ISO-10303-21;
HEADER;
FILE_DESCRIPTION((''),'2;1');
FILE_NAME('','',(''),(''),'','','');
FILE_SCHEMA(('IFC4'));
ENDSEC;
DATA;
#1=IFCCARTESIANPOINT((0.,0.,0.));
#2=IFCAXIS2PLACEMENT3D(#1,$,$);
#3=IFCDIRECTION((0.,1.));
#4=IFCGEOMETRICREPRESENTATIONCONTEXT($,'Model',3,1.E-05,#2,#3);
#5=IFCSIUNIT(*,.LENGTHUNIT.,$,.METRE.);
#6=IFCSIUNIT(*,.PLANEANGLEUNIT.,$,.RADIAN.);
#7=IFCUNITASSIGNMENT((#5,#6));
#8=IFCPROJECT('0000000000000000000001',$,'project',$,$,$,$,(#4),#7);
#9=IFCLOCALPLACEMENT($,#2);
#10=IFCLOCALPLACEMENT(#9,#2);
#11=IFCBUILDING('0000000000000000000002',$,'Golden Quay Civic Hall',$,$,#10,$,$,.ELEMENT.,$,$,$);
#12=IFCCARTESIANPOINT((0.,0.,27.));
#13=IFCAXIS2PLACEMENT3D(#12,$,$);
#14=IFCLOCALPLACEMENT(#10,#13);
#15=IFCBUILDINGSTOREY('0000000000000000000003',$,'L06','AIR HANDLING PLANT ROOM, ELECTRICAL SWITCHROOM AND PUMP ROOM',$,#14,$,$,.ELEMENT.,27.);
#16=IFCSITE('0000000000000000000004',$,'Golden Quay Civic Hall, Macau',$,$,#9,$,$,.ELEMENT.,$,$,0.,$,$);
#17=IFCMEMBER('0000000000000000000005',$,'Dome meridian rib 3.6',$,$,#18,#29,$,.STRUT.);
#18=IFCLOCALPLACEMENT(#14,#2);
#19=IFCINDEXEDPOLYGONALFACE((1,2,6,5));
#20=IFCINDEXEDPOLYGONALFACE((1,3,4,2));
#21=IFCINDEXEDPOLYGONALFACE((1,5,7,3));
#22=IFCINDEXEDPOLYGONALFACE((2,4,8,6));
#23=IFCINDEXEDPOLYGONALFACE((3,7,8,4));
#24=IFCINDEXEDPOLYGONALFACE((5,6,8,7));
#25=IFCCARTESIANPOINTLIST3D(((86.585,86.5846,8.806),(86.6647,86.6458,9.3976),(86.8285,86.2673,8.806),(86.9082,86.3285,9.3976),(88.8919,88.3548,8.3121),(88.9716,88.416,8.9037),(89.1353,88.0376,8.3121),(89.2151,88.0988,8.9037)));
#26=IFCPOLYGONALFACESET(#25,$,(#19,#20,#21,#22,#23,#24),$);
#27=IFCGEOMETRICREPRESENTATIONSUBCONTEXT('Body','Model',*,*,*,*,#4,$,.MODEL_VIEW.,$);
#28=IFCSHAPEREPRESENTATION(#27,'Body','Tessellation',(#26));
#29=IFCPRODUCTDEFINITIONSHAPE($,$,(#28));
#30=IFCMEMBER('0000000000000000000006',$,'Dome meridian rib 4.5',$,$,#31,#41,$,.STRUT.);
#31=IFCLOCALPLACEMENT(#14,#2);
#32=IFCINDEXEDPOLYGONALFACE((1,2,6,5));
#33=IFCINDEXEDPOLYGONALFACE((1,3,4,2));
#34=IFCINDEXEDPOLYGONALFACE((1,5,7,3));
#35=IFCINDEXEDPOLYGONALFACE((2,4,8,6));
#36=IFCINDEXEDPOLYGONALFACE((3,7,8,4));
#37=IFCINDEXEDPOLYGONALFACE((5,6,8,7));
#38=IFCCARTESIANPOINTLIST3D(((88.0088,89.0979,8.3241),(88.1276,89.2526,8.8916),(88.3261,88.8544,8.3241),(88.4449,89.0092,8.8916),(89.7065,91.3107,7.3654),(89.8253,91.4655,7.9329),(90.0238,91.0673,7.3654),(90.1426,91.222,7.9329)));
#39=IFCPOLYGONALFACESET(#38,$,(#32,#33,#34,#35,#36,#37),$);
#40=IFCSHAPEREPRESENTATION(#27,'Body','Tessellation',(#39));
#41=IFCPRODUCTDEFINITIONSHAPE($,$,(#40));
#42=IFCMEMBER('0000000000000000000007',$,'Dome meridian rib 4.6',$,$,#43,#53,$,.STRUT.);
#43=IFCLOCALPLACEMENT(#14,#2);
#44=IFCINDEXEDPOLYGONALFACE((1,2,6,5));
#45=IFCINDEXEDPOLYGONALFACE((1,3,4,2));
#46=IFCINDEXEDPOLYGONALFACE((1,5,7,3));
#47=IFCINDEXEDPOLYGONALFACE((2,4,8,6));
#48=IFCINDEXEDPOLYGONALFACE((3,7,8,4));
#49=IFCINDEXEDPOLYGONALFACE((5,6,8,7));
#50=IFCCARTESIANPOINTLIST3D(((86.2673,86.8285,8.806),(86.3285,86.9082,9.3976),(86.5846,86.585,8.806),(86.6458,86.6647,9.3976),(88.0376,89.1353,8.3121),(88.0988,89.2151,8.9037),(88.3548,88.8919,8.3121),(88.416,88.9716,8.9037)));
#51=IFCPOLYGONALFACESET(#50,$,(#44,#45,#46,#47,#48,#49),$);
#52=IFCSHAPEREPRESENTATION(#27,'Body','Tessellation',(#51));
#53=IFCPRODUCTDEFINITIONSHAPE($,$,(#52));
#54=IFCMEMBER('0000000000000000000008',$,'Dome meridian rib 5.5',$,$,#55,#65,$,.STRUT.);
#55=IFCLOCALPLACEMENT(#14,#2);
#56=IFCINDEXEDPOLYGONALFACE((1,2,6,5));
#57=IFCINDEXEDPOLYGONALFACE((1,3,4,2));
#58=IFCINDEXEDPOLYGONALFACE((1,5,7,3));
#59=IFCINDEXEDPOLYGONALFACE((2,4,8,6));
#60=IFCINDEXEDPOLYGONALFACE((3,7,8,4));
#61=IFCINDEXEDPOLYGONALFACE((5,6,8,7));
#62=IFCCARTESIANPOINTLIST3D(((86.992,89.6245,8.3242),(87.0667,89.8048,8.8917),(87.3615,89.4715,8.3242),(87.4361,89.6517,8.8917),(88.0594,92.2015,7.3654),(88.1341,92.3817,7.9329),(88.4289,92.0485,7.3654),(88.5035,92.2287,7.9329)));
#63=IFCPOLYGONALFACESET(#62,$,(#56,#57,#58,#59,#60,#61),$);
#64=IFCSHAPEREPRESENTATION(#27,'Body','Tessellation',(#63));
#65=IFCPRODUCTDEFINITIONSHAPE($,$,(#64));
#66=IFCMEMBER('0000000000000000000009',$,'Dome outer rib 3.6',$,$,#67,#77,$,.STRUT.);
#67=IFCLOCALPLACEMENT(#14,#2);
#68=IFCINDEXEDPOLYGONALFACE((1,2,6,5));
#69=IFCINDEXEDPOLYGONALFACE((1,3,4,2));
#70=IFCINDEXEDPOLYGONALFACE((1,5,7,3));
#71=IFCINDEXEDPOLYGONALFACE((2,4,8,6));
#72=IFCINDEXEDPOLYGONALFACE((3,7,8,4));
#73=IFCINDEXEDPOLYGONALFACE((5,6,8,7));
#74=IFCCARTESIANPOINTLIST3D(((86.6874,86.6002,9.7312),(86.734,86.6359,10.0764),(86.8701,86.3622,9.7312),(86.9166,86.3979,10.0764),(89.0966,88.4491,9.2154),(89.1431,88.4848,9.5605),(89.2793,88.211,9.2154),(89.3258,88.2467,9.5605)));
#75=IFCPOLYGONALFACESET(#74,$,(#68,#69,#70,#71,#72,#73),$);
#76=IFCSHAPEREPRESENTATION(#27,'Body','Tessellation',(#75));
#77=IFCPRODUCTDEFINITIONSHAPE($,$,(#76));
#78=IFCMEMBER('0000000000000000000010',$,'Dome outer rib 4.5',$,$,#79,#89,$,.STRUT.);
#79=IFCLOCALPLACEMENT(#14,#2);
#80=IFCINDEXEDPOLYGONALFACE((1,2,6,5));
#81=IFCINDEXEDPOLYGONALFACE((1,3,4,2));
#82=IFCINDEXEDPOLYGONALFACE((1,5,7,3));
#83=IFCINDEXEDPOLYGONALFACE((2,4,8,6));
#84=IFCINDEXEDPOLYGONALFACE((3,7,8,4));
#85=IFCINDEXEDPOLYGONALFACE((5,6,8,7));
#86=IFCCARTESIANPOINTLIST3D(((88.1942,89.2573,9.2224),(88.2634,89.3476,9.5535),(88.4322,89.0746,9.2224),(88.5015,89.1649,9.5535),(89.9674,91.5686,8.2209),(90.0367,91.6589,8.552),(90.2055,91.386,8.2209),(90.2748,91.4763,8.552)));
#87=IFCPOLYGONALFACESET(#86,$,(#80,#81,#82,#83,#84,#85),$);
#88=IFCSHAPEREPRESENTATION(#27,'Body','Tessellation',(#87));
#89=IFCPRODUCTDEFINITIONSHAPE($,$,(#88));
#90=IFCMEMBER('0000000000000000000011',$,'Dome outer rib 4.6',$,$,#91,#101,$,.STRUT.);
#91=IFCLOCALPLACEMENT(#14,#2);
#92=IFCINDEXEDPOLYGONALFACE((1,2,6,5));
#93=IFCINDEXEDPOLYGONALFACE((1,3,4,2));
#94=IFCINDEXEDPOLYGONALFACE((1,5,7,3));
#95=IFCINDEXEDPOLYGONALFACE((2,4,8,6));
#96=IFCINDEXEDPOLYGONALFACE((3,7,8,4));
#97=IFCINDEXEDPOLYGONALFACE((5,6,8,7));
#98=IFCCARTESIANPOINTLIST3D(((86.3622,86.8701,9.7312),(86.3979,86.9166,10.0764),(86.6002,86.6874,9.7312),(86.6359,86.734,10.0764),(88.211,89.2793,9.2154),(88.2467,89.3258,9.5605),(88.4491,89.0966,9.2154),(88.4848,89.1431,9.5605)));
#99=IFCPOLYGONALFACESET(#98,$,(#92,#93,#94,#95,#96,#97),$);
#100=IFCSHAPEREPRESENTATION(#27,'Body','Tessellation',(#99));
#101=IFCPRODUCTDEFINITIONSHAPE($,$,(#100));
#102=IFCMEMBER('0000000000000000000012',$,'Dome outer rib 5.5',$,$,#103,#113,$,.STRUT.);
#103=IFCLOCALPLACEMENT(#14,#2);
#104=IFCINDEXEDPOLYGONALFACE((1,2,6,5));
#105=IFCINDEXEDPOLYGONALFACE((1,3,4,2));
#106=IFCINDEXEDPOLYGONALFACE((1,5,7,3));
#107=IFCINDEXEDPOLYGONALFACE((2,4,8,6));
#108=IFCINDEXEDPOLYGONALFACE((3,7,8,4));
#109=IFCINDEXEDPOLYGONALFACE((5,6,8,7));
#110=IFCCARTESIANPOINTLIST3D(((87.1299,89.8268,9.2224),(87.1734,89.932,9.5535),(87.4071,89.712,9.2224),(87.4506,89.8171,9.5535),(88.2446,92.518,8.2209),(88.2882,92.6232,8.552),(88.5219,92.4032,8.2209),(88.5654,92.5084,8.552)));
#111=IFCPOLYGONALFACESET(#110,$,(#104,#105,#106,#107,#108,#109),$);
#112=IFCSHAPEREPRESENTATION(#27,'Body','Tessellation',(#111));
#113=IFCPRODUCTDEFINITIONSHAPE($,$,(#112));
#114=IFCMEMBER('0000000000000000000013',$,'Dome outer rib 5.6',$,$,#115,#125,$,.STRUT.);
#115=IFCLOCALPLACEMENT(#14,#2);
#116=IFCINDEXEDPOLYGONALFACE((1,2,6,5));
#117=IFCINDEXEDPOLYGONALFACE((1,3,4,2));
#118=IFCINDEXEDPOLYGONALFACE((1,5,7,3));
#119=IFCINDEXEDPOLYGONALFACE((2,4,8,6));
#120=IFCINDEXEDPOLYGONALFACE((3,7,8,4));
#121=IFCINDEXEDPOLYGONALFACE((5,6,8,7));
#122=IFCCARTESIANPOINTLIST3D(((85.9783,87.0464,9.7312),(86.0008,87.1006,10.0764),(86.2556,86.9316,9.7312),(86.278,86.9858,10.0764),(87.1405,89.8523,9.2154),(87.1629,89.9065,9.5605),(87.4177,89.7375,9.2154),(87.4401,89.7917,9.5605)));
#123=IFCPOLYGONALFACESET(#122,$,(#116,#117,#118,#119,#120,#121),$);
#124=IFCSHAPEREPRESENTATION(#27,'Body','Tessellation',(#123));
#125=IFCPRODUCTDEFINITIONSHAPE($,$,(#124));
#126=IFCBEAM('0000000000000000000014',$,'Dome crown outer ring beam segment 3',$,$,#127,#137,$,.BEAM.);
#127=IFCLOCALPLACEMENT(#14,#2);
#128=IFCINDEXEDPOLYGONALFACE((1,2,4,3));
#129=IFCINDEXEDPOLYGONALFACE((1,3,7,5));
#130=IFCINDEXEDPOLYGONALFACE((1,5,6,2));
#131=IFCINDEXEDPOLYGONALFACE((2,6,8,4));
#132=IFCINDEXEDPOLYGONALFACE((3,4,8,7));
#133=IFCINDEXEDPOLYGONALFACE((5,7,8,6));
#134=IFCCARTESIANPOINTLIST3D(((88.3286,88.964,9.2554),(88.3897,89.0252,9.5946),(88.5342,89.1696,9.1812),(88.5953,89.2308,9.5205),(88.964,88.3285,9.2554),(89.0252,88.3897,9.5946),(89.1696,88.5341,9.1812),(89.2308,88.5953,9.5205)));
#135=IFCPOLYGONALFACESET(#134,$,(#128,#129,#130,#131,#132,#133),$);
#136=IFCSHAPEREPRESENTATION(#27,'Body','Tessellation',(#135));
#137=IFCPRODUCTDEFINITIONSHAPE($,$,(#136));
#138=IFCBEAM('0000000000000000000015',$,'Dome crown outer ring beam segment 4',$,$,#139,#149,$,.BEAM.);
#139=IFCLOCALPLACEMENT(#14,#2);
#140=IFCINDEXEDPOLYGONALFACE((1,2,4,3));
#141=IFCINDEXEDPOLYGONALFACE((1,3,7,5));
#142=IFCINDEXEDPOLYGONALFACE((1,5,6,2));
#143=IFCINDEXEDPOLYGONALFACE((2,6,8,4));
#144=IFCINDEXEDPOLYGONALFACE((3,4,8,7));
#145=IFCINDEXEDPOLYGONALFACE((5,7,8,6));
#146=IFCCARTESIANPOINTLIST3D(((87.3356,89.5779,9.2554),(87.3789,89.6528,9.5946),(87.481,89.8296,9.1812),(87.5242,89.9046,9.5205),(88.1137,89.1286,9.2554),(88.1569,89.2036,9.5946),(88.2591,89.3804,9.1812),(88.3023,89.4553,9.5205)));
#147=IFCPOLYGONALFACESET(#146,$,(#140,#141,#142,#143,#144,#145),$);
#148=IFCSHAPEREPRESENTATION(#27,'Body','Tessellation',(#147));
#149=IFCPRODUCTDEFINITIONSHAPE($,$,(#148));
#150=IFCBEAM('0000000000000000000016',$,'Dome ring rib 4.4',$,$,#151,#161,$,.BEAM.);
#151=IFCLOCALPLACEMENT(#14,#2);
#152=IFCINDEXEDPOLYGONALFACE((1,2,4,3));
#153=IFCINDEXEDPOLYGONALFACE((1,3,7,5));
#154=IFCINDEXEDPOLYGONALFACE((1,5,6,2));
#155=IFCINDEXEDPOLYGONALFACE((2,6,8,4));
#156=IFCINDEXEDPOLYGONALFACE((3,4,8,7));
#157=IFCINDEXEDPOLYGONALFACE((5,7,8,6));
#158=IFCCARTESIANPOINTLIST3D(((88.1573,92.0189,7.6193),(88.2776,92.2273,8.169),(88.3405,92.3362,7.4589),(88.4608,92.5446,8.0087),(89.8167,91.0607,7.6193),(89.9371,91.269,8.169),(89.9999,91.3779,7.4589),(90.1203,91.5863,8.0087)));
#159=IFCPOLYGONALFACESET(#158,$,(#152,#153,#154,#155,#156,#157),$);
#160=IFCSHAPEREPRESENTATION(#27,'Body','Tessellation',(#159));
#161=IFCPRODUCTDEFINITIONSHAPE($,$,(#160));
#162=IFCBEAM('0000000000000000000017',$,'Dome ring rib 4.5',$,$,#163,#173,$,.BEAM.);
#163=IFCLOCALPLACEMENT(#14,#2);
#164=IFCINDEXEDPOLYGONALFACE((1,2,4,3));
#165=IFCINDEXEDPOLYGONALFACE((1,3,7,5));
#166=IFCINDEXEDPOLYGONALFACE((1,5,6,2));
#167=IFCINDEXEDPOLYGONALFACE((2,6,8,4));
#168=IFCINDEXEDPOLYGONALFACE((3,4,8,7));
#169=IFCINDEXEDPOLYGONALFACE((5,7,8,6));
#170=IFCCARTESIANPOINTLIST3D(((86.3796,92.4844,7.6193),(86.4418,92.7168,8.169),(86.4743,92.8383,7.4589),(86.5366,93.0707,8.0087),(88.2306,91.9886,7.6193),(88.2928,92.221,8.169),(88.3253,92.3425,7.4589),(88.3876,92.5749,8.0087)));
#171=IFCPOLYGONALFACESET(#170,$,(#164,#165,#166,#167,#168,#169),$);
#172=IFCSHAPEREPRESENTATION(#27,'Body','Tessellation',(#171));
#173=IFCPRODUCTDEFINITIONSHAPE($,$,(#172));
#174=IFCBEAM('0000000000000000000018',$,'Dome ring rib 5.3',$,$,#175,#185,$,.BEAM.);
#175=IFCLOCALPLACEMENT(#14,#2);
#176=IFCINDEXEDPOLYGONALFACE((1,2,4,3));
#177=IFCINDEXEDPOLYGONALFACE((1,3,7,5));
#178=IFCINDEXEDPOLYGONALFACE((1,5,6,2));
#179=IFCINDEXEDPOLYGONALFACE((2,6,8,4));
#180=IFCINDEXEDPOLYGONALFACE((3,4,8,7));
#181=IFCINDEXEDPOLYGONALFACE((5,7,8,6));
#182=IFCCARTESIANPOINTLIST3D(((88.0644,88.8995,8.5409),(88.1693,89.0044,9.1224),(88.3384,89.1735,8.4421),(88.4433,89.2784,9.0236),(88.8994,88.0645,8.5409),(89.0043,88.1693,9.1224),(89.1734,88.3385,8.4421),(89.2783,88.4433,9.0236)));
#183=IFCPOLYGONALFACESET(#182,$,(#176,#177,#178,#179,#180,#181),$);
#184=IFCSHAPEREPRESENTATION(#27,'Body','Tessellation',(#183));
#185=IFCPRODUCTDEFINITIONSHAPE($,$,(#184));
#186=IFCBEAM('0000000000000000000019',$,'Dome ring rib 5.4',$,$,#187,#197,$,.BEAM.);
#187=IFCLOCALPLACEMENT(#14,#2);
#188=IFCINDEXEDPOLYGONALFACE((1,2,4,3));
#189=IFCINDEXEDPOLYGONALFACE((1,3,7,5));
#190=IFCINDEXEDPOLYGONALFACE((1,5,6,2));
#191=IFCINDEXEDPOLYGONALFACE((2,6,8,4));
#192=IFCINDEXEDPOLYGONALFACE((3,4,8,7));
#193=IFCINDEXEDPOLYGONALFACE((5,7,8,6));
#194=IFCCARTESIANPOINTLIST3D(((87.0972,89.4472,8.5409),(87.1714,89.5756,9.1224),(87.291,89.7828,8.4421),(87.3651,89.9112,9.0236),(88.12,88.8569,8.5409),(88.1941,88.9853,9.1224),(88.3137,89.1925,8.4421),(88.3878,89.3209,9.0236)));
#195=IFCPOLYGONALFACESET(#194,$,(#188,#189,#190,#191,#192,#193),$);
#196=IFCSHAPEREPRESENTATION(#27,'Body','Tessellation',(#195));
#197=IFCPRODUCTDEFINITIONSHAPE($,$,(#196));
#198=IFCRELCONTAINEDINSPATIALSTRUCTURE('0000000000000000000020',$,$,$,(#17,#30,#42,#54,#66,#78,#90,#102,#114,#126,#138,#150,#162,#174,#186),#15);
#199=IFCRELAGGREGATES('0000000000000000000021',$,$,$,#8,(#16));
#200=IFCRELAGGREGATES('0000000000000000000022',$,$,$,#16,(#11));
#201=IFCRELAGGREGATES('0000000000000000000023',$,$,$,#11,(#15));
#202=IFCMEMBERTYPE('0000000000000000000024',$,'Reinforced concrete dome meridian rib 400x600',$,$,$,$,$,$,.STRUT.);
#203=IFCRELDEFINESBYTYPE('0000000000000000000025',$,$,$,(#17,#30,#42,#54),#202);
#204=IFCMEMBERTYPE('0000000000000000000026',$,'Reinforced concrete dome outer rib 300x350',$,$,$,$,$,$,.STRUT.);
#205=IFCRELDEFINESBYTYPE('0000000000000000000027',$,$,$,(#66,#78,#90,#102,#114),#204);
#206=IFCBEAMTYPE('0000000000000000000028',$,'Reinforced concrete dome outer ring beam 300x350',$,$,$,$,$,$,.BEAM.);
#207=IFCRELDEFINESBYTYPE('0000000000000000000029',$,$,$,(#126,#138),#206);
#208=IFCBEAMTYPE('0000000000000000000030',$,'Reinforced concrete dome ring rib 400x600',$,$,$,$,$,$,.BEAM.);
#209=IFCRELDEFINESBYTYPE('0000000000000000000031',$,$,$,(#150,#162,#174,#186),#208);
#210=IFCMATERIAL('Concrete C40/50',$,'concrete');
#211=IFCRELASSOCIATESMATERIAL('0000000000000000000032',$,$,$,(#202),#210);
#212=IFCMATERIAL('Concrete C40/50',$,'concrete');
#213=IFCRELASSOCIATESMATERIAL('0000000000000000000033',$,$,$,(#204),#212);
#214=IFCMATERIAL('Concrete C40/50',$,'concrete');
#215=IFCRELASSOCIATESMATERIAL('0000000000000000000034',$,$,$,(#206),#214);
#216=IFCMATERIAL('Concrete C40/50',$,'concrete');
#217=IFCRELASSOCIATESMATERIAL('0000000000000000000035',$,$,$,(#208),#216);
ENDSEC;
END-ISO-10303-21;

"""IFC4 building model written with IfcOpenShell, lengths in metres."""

from ifc_helpers import new_model, si_unit, direction, frame, origin, origin_2d, place, context, subcontext, project, spatial, rectangle, extrude, material, material_profile, profile_set, type_object, element, save


model = new_model("IFC4")

# Units and contexts
model_context = context("Model", 3, precision=1e-05, world=origin(), true_north=direction((0.0, 1.0)))
body_context = subcontext(model_context, "Body", "Model", "MODEL_VIEW")
ifc_project = project(units=[si_unit("LENGTHUNIT", "METRE"), si_unit("PLANEANGLEUNIT", "RADIAN")], contexts=[model_context])

# Site, building, storey
site_placement = place(None, origin())
site = spatial("IfcSite", under=ifc_project, at=site_placement, Name="Golden Quay Civic Hall, Macau", CompositionType="ELEMENT", RefElevation=0.0)
building_placement = place(site_placement, origin())
building = spatial("IfcBuilding", under=site, at=building_placement, Name="Golden Quay Civic Hall", CompositionType="ELEMENT")
storey_placement = place(building_placement, frame((0.0, 0.0, 27.0)))
storey = spatial("IfcBuildingStorey", under=building, at=storey_placement, Name="L06", Description="AIR HANDLING PLANT ROOM, ELECTRICAL SWITCHROOM AND PUMP ROOM", CompositionType="ELEMENT", Elevation=27.0)

# Members
ifc_material_1 = material(Name="Concrete C40/50", Category="concrete")
ifc_material_profile_1 = material_profile(ifc_material_1, rectangle(XDim=0.3999, YDim=0.6001, at=origin_2d()), Name="RC 400x600")
ifc_profile_set_1 = profile_set([ifc_material_profile_1], Name="Concrete C40/50")
member_type_1 = type_object("IfcMemberType", Name="Reinforced concrete dome meridian rib 400x600", PredefinedType="STRUT", material=ifc_profile_set_1)
member_1_placement = place(storey_placement, frame((89.0535, 88.2268, 8.6079), z_axis=(-0.78213, -0.600193, 0.167452), x_axis=(0.608789, -0.793332, 0.0)))
element("IfcMember", 1, at=member_1_placement, inside=storey, type_object=member_type_1, Name="Dome meridian rib 3.6", PredefinedType="STRUT", context=body_context, shape_type="SweptSolid", body=[
    extrude(rectangle(XDim=0.3999, YDim=0.6001, at=origin_2d()), origin(), (0.0, 0.0, 1.0), 2.9495),
])
member_2_placement = place(storey_placement, frame((89.9246, 91.2664, 7.6492), z_axis=(-0.575644, -0.750308, 0.325073), x_axis=(0.793398, -0.608703, 0.0)))
element("IfcMember", 2, at=member_2_placement, inside=storey, type_object=member_type_1, Name="Dome meridian rib 4.5", PredefinedType="STRUT", context=body_context, shape_type="SweptSolid", body=[
    extrude(rectangle(XDim=0.3999, YDim=0.6001, at=origin_2d()), origin(), (0.0, 0.0, 1.0), 2.9492),
])
for number, where, z_axis, x_axis, name in (
    (3, (88.2268, 89.0535, 8.6079), (-0.600193, -0.78213, 0.167452), (0.793332, -0.608789, 0.0), "Dome meridian rib 4.6"),
    (4, (88.2815, 92.2151, 7.6492), (-0.361899, -0.873706, 0.325063), (0.92388, -0.382682, 0.0), "Dome meridian rib 5.5"),
):
    element("IfcMember", number, at=place(storey_placement, frame(where, z_axis=z_axis, x_axis=x_axis)), inside=storey, type_object=member_type_1, Name=name, PredefinedType="STRUT", context=body_context, shape_type="SweptSolid", body=[
        extrude(rectangle(XDim=0.3999, YDim=0.6001, at=origin_2d()), origin(), (0.0, 0.0, 1.0), 2.9495),
    ])
ifc_material_2 = material(Name="Concrete C40/50", Category="concrete")
ifc_material_profile_2 = material_profile(ifc_material_2, rectangle(XDim=0.3, YDim=0.3501, at=origin_2d()), Name="RC 300x350")
ifc_profile_set_2 = profile_set([ifc_material_profile_2], Name="Concrete C40/50")
member_type_2 = type_object("IfcMemberType", Name="Reinforced concrete dome outer rib 300x350", PredefinedType="STRUT", material=ifc_profile_set_2)
member_3_placement = place(storey_placement, frame((89.2112, 88.3479, 9.3879), z_axis=(-0.78211, -0.600215, 0.16747), x_axis=(0.608813, -0.793314, 0.0)))
element("IfcMember", 5, at=member_3_placement, inside=storey, type_object=member_type_2, Name="Dome outer rib 3.6", PredefinedType="STRUT", context=body_context, shape_type="SweptSolid", body=[
    extrude(rectangle(XDim=0.3, YDim=0.3501, at=origin_2d()), origin(), (0.0, 0.0, 1.0), 3.0803),
])
member_4_placement = place(storey_placement, frame((90.1211, 91.5225, 8.3865), z_axis=(-0.575628, -0.750306, 0.325104), x_axis=(0.793405, -0.608694, 0.0)))
element("IfcMember", 6, at=member_4_placement, inside=storey, type_object=member_type_2, Name="Dome outer rib 4.5", PredefinedType="STRUT", context=body_context, shape_type="SweptSolid", body=[
    extrude(rectangle(XDim=0.3, YDim=0.3501, at=origin_2d()), origin(), (0.0, 0.0, 1.0), 3.0806),
])
for number, where, z_axis, x_axis, name in (
    (7, (88.3479, 89.2112, 9.3879), (-0.600215, -0.78211, 0.16747), (0.793314, -0.608813, 0.0), "Dome outer rib 4.6"),
    (8, (88.405, 92.5132, 8.3865), (-0.361901, -0.873683, 0.325124), (0.923876, -0.382692, 0.0), "Dome outer rib 5.5"),
):
    element("IfcMember", number, at=place(storey_placement, frame(where, z_axis=z_axis, x_axis=x_axis)), inside=storey, type_object=member_type_2, Name=name, PredefinedType="STRUT", context=body_context, shape_type="SweptSolid", body=[
        extrude(rectangle(XDim=0.3, YDim=0.3501, at=origin_2d()), origin(), (0.0, 0.0, 1.0), 3.0803),
    ])
member_5_placement = place(storey_placement, frame((87.2903, 89.822, 9.3879), z_axis=(-0.377242, -0.910849, 0.167461), x_axis=(0.923895, -0.382645, 0.0)))
element("IfcMember", 9, at=member_5_placement, inside=storey, type_object=member_type_2, Name="Dome outer rib 5.6", PredefinedType="STRUT", context=body_context, shape_type="SweptSolid", body=[
    extrude(rectangle(XDim=0.3, YDim=0.3501, at=origin_2d()), origin(), (0.0, 0.0, 1.0), 3.0806),
])

# Beams
ifc_material_3 = material(Name="Concrete C40/50", Category="concrete")
ifc_material_profile_3 = material_profile(ifc_material_3, rectangle(XDim=0.3, YDim=0.3501, at=origin_2d()), Name="RC 300x350")
ifc_profile_set_3 = profile_set([ifc_material_profile_3], Name="Concrete C40/50")
beam_type_1 = type_object("IfcBeamType", Name="Reinforced concrete dome outer ring beam 300x350", PredefinedType="BEAM", material=ifc_profile_set_3)
beam_1_placement = place(storey_placement, frame((89.0974, 88.4619, 9.3879), z_axis=(-0.707107, 0.707107, 0.0), x_axis=(-0.685181, -0.685181, 0.247094)))
element("IfcBeam", 10, at=beam_1_placement, inside=storey, type_object=beam_type_1, Name="Dome crown outer ring beam segment 3", PredefinedType="BEAM", context=body_context, shape_type="SweptSolid", body=[
    extrude(rectangle(XDim=0.3, YDim=0.3501, at=origin_2d()), origin(), (0.0, 0.0, 1.0), 0.8987),
])
beam_2_placement = place(storey_placement, frame((88.208, 89.292, 9.3879), z_axis=(-0.866027, 0.499997, 0.0), x_axis=(-0.484493, -0.839173, 0.247094)))
element("IfcBeam", 11, at=beam_2_placement, inside=storey, type_object=beam_type_1, Name="Dome crown outer ring beam segment 4", PredefinedType="BEAM", context=body_context, shape_type="SweptSolid", body=[
    extrude(rectangle(XDim=0.3, YDim=0.3501, at=origin_2d()), origin(), (0.0, 0.0, 1.0), 0.8984),
])
ifc_material_4 = material(Name="Concrete C40/50", Category="concrete")
ifc_material_profile_4 = material_profile(ifc_material_4, rectangle(XDim=0.3999, YDim=0.6001, at=origin_2d()), Name="RC 400x600")
ifc_profile_set_4 = profile_set([ifc_material_profile_4], Name="Concrete C40/50")
beam_type_2 = type_object("IfcBeamType", Name="Reinforced concrete dome ring rib 400x600", PredefinedType="BEAM", material=ifc_profile_set_4)
for number, where, z_axis, x_axis, name in (
    (12, (89.9685, 91.3235, 7.814), (-0.865984, 0.500072, 0.0), (-0.458114, -0.793325, 0.400958), "Dome ring rib 4.4"),
    (13, (88.3091, 92.2817, 7.814), (-0.965945, 0.258749, 0.0), (-0.237039, -0.884898, 0.400958), "Dome ring rib 4.5"),
):
    element("IfcBeam", number, at=place(storey_placement, frame(where, z_axis=z_axis, x_axis=x_axis)), inside=storey, type_object=beam_type_2, Name=name, PredefinedType="BEAM", context=body_context, shape_type="SweptSolid", body=[
        extrude(rectangle(XDim=0.3999, YDim=0.6001, at=origin_2d()), origin(), (0.0, 0.0, 1.0), 1.9163),
    ])
for number, where, z_axis, x_axis, name in (
    (14, (89.0889, 88.2539, 8.7822), (-0.707107, 0.707107, 0.0), (-0.685181, -0.685181, 0.247094), "Dome ring rib 5.3"),
    (15, (88.2539, 89.0889, 8.7822), (-0.866072, 0.499919, 0.0), (-0.484418, -0.839216, 0.247094), "Dome ring rib 5.4"),
):
    element("IfcBeam", number, at=place(storey_placement, frame(where, z_axis=z_axis, x_axis=x_axis)), inside=storey, type_object=beam_type_2, Name=name, PredefinedType="BEAM", context=body_context, shape_type="SweptSolid", body=[
        extrude(rectangle(XDim=0.3999, YDim=0.6001, at=origin_2d()), origin(), (0.0, 0.0, 1.0), 1.1809),
    ])

save(model, "model.ifc")
